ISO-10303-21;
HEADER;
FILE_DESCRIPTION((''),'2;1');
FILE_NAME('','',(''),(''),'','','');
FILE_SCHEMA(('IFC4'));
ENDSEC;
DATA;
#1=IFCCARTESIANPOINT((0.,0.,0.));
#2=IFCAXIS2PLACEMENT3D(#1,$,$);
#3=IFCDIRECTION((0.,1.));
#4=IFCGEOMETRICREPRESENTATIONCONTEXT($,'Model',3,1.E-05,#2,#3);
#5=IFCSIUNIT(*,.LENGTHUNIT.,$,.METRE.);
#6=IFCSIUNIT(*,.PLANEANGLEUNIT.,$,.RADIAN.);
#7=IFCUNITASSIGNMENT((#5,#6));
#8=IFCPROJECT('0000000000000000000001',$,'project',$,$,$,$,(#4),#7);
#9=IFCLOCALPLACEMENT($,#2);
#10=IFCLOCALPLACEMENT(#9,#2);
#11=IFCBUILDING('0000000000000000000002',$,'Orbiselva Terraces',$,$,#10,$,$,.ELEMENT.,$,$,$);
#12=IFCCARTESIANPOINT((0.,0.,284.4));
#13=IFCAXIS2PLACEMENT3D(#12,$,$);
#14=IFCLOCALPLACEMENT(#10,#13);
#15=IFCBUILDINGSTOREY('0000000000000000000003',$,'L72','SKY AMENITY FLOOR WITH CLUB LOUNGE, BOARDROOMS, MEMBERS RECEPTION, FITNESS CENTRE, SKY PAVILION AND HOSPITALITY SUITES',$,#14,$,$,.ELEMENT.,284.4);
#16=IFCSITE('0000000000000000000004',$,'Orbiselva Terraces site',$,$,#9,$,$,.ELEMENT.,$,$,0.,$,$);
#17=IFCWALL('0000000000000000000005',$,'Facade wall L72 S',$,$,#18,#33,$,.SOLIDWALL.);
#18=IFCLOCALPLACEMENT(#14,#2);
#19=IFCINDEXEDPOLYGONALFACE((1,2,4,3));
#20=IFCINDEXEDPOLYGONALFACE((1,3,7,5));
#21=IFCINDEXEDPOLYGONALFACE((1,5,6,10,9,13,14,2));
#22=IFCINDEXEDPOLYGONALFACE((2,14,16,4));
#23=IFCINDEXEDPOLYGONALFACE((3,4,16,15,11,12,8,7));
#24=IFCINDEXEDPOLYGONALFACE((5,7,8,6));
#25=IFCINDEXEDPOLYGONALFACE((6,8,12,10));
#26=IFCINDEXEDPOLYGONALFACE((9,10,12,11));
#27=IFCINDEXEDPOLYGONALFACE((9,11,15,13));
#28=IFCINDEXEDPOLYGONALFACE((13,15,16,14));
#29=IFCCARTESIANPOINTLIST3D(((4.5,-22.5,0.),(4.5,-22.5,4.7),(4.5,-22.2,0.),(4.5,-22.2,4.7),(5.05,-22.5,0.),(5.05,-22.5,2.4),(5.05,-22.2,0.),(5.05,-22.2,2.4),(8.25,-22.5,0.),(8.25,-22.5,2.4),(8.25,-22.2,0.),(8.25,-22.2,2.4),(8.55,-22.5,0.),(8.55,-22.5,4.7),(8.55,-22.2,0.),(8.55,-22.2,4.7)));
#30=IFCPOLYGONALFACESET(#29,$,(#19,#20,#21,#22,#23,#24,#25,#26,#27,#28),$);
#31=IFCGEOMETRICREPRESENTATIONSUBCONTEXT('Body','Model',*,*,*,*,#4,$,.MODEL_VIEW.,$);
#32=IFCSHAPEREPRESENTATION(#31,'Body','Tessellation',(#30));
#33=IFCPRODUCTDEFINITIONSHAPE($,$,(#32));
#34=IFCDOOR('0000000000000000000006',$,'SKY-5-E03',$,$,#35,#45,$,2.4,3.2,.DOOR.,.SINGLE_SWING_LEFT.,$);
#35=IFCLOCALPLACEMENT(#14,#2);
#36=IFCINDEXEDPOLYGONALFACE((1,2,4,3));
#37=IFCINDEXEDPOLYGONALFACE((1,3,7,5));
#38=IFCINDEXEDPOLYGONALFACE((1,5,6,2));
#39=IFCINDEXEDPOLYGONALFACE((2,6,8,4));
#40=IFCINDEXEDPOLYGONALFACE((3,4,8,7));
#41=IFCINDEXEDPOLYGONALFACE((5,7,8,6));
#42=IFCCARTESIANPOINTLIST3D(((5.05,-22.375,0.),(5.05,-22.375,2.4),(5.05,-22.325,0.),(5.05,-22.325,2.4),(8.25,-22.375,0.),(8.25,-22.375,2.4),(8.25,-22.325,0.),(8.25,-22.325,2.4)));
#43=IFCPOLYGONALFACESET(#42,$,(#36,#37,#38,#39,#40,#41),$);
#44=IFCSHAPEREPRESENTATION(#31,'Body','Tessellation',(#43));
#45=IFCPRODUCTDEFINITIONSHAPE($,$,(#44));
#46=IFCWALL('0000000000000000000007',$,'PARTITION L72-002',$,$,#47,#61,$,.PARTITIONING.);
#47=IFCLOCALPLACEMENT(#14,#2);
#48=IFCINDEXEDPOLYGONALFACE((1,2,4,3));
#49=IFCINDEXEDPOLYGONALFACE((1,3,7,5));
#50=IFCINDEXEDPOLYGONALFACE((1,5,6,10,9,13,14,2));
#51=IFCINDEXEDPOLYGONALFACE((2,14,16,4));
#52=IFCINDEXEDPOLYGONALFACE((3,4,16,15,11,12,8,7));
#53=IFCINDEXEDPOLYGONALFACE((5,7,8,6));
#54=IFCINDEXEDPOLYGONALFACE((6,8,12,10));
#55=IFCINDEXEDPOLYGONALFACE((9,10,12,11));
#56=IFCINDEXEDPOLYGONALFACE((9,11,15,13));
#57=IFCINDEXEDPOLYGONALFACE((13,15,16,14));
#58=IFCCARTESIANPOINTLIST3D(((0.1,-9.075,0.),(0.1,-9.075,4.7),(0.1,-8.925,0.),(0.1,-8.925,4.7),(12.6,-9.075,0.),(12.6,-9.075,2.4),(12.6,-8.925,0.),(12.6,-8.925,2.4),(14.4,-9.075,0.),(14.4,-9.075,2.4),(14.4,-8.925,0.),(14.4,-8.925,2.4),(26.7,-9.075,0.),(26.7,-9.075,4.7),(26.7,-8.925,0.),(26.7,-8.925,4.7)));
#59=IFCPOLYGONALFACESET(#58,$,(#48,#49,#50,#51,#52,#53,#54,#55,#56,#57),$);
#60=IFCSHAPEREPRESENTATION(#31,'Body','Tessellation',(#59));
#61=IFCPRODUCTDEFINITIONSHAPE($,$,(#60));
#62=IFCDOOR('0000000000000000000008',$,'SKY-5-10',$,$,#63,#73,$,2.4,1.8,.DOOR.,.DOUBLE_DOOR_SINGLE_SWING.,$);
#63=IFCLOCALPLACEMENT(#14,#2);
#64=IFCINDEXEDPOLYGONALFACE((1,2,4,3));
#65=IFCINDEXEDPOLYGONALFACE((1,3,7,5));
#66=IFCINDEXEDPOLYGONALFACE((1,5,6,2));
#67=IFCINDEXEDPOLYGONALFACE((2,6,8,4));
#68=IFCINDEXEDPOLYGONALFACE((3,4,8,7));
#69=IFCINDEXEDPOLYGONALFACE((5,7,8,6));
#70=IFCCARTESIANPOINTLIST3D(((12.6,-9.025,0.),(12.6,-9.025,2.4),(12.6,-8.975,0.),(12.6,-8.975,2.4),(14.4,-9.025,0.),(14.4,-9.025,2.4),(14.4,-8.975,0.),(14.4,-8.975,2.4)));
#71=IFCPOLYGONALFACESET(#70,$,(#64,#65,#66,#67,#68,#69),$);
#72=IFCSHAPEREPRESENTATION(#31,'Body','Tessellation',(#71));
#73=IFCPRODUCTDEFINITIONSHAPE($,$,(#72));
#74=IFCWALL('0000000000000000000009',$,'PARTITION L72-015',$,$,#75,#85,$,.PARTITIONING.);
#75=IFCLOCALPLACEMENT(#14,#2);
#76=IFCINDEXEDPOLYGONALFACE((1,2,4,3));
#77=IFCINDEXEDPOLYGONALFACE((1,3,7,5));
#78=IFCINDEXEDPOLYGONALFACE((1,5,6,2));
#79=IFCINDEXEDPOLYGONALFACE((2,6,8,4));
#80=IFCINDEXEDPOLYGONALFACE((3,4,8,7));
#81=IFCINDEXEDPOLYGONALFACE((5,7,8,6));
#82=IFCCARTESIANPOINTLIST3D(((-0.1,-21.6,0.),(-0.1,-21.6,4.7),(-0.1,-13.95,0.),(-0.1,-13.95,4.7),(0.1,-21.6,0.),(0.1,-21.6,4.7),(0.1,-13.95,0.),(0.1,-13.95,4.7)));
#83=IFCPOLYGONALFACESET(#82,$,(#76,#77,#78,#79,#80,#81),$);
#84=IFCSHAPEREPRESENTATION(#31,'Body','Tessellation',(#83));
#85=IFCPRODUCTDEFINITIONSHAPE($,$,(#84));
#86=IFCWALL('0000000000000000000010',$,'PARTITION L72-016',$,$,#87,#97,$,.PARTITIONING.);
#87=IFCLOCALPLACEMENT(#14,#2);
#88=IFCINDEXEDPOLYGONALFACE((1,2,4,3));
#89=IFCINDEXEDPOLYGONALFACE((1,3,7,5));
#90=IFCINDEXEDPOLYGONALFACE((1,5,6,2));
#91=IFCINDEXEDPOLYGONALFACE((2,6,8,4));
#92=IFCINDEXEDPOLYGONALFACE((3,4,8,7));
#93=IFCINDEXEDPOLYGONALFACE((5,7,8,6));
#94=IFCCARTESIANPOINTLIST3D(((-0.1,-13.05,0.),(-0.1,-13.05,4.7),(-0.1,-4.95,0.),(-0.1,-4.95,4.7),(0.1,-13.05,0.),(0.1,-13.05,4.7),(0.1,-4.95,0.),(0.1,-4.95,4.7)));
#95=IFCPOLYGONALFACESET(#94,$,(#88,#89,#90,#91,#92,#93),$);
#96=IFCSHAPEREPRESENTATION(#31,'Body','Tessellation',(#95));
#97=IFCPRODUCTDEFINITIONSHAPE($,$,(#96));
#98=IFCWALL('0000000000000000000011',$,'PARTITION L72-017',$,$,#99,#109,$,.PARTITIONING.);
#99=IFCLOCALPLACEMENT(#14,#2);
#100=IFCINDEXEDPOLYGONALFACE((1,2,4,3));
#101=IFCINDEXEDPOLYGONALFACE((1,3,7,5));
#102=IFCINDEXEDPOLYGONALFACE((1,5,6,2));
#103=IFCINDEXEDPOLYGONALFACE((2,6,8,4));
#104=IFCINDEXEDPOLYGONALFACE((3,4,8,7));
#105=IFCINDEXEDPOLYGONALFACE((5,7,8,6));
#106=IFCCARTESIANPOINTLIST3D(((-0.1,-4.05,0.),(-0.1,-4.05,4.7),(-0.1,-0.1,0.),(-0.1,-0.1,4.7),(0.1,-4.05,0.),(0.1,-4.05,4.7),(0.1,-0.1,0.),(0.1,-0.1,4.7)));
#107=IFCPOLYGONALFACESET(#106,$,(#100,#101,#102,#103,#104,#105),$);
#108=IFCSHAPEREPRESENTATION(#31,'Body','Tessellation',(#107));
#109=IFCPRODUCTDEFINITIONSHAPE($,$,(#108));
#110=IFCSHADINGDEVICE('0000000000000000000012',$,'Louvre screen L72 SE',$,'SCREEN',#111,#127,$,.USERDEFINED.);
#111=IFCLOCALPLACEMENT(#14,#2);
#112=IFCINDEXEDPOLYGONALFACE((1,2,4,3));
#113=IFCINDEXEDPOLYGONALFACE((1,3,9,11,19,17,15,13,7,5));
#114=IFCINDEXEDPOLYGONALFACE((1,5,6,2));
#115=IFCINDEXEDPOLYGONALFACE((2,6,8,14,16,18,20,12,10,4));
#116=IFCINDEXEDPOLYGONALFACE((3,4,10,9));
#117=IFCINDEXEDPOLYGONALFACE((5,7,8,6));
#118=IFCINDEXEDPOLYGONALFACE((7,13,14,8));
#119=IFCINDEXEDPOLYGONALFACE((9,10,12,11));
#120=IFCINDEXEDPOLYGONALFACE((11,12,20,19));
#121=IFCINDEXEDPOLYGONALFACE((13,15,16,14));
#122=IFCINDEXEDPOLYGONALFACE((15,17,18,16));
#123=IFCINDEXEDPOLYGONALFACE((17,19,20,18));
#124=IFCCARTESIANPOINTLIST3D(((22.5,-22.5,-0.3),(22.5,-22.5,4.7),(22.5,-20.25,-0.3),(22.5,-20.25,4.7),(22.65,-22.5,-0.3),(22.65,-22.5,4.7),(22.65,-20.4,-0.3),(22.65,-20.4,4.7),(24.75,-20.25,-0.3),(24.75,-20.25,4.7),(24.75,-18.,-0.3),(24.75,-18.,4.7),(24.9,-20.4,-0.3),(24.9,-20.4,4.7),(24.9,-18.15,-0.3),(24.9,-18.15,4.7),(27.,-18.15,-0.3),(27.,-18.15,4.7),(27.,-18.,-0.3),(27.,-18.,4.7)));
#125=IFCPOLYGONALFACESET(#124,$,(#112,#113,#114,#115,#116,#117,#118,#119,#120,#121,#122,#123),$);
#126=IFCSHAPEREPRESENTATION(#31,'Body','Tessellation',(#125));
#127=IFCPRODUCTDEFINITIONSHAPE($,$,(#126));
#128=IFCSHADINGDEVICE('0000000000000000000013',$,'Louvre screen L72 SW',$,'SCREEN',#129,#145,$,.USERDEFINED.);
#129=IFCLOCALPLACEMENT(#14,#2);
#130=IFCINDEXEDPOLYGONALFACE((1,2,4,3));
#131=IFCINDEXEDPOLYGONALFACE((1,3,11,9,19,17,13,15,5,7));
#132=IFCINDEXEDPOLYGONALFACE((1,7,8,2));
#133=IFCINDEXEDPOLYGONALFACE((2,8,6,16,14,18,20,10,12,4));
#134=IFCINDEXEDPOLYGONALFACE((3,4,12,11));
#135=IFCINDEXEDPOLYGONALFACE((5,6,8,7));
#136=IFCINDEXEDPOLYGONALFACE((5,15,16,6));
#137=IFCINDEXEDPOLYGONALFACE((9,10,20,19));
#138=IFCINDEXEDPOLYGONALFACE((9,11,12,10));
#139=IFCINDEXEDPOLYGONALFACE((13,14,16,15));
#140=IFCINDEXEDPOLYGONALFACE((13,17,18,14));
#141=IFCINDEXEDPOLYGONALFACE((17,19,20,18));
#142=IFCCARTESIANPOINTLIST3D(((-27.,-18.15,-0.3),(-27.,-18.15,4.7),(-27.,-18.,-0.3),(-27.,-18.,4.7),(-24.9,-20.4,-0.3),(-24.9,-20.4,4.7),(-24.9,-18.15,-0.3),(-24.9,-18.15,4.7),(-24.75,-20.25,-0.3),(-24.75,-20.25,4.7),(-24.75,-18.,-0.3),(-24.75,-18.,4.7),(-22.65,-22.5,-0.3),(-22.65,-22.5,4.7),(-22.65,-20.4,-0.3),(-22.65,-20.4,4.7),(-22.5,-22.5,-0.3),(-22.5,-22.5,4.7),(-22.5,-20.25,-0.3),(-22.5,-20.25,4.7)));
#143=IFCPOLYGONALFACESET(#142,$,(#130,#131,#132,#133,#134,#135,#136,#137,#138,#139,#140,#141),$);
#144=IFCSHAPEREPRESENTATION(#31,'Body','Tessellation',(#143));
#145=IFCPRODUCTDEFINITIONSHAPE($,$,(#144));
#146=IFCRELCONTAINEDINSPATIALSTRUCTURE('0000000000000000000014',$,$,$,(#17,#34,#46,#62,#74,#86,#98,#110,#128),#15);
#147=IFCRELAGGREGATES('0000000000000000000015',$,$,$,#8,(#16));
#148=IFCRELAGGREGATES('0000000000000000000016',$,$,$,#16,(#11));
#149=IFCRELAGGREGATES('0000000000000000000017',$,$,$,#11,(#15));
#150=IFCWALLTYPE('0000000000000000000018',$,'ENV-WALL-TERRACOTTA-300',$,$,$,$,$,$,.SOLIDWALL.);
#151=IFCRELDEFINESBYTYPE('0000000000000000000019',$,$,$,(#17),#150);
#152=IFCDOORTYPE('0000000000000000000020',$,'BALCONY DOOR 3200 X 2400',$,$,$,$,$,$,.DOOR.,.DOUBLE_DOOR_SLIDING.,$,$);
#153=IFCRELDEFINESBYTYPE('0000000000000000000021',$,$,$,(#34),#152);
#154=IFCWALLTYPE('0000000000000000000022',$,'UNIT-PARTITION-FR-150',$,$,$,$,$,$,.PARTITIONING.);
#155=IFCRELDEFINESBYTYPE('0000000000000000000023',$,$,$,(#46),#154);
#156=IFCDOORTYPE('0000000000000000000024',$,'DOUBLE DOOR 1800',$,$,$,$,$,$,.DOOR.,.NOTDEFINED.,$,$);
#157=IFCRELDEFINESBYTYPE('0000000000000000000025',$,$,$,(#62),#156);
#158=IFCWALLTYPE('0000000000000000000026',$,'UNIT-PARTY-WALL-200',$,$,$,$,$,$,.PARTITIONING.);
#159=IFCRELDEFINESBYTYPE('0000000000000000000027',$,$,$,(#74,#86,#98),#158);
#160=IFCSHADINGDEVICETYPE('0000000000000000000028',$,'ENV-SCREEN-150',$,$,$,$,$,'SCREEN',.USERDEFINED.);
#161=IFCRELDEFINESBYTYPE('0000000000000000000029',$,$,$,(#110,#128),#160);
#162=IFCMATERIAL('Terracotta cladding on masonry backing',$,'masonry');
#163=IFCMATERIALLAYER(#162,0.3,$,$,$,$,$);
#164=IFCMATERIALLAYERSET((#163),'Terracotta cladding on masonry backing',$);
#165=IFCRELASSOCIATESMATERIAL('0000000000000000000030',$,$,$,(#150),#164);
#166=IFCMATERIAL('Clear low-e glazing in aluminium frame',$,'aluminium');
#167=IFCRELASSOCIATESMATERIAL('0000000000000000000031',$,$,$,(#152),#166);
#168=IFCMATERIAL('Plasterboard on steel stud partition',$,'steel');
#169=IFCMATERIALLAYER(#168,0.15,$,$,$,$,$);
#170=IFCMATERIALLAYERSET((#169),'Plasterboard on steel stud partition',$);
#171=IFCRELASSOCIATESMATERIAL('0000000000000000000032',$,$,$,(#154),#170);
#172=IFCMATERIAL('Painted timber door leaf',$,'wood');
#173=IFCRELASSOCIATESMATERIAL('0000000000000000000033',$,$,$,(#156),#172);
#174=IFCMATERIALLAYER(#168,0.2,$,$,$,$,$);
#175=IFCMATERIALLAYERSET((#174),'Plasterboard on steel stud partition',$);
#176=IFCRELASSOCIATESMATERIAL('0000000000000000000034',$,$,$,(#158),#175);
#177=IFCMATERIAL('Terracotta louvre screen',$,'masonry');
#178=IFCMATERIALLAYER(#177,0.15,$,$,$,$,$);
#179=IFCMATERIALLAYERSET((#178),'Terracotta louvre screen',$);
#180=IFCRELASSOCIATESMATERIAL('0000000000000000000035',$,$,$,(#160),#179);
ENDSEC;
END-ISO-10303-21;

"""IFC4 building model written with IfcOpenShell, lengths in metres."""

from ifc_helpers import new_model, si_unit, direction, frame, frame_2d, origin, place, context, subcontext, project, spatial, polyline, rectangle, outline, extrude, material, layer, layer_set, type_object, element, fill, save


model = new_model("IFC4")

# Units and contexts
model_context = context("Model", 3, precision=1e-05, world=origin(), true_north=direction((0.0, 1.0)))
body_context = subcontext(model_context, "Body", "Model", "MODEL_VIEW")
ifc_project = project(units=[si_unit("LENGTHUNIT", "METRE"), si_unit("PLANEANGLEUNIT", "RADIAN")], contexts=[model_context])

# Site, building, storey
site_placement = place(None, origin())
site = spatial("IfcSite", under=ifc_project, at=site_placement, Name="Orbiselva Terraces site", CompositionType="ELEMENT", RefElevation=0.0)
building_placement = place(site_placement, origin())
building = spatial("IfcBuilding", under=site, at=building_placement, Name="Orbiselva Terraces", CompositionType="ELEMENT")
storey_placement = place(building_placement, frame((0.0, 0.0, 284.4)))
storey = spatial("IfcBuildingStorey", under=building, at=storey_placement, Name="L72", Description="SKY AMENITY FLOOR WITH CLUB LOUNGE, BOARDROOMS, MEMBERS RECEPTION, FITNESS CENTRE, SKY PAVILION AND HOSPITALITY SUITES", CompositionType="ELEMENT", Elevation=284.4)

# Shared definitions
ifc_material_1 = material(Name="Clear low-e glazing in aluminium frame", Category="aluminium")

# Walls, openings, doors
ifc_material_2 = material(Name="Terracotta cladding on masonry backing", Category="masonry")
ifc_layer_1 = layer(ifc_material_2, 0.3)
ifc_layer_set_1 = layer_set([ifc_layer_1], Name="Terracotta cladding on masonry backing")
wall_type_1 = type_object("IfcWallType", Name="ENV-WALL-TERRACOTTA-300", PredefinedType="SOLIDWALL", material=ifc_layer_set_1)
wall_1_placement = place(storey_placement, frame((8.55, -22.35, 0.0), z_axis=(0.0, 0.0, 1.0), x_axis=(-1.0, 0.0, 0.0)))
wall_1 = element("IfcWall", 1, at=wall_1_placement, inside=storey, type_object=wall_type_1, Name="Facade wall L72 S", PredefinedType="SOLIDWALL", context=body_context, shape_type="SweptSolid", body=[
    extrude(rectangle(XDim=4.05, YDim=0.3, at=frame_2d((2.025, 0.0))), origin(), (0.0, 0.0, 1.0), 4.7),
])
opening_1_placement = place(wall_1_placement, frame((0.3, 0.0, 0.0)))
opening_1 = element("IfcOpeningElement", 2, at=opening_1_placement, cuts=wall_1, PredefinedType="OPENING", context=body_context, shape_type="SweptSolid", body=[
    extrude(rectangle(XDim=3.2, YDim=2.4, at=frame_2d((1.6, 1.2))), frame((0.0, 0.16, 0.0), z_axis=(0.0, -1.0, 0.0), x_axis=(1.0, 0.0, 0.0)), (0.0, 0.0, 1.0), 0.32),
])
door_type_1 = type_object("IfcDoorType", Name="BALCONY DOOR 3200 X 2400", OperationType="DOUBLE_DOOR_SLIDING", PredefinedType="DOOR", material=ifc_material_1)
door_1_placement = place(opening_1_placement, origin())
door_1 = element("IfcDoor", 3, at=door_1_placement, inside=storey, type_object=door_type_1, Name="SKY-5-E03", OperationType="SINGLE_SWING_LEFT", OverallHeight=2.4, OverallWidth=3.2, PredefinedType="DOOR", context=body_context, shape_type="SweptSolid", body=[
    extrude(rectangle(XDim=3.2, YDim=2.4, at=frame_2d((1.6, 1.2))), frame((0.0, 0.025, 0.0), z_axis=(0.0, -1.0, 0.0), x_axis=(1.0, 0.0, 0.0)), (0.0, 0.0, 1.0), 0.05),
])
fill(opening_1, door_1)
ifc_material_3 = material(Name="Plasterboard on steel stud partition", Category="steel")
ifc_layer_2 = layer(ifc_material_3, 0.15)
ifc_layer_set_2 = layer_set([ifc_layer_2], Name="Plasterboard on steel stud partition")
wall_type_2 = type_object("IfcWallType", Name="UNIT-PARTITION-FR-150", PredefinedType="PARTITIONING", material=ifc_layer_set_2)
wall_2_placement = place(storey_placement, frame((0.1, -9.0, 0.0), z_axis=(0.0, 0.0, 1.0), x_axis=(1.0, 0.0, 0.0)))
wall_2 = element("IfcWall", 4, at=wall_2_placement, inside=storey, type_object=wall_type_2, Name="PARTITION L72-002", PredefinedType="PARTITIONING", context=body_context, shape_type="SweptSolid", body=[
    extrude(rectangle(XDim=26.6, YDim=0.15, at=frame_2d((13.3, 0.0))), origin(), (0.0, 0.0, 1.0), 4.7),
])
opening_2_placement = place(wall_2_placement, frame((12.5, 0.0, 0.0)))
opening_2 = element("IfcOpeningElement", 5, at=opening_2_placement, cuts=wall_2, PredefinedType="OPENING", context=body_context, shape_type="SweptSolid", body=[
    extrude(rectangle(XDim=1.8, YDim=2.4, at=frame_2d((0.9, 1.2))), frame((0.0, 0.085, 0.0), z_axis=(0.0, -1.0, 0.0), x_axis=(1.0, 0.0, 0.0)), (0.0, 0.0, 1.0), 0.17),
])
ifc_material_4 = material(Name="Painted timber door leaf", Category="wood")
door_type_2 = type_object("IfcDoorType", Name="DOUBLE DOOR 1800", OperationType="NOTDEFINED", PredefinedType="DOOR", material=ifc_material_4)
door_2_placement = place(opening_2_placement, origin())
door_2 = element("IfcDoor", 6, at=door_2_placement, inside=storey, type_object=door_type_2, Name="SKY-5-10", OperationType="DOUBLE_DOOR_SINGLE_SWING", OverallHeight=2.4, OverallWidth=1.8, PredefinedType="DOOR", context=body_context, shape_type="SweptSolid", body=[
    extrude(rectangle(XDim=1.8, YDim=2.4, at=frame_2d((0.9, 1.2))), frame((0.0, 0.025, 0.0), z_axis=(0.0, -1.0, 0.0), x_axis=(1.0, 0.0, 0.0)), (0.0, 0.0, 1.0), 0.05),
])
fill(opening_2, door_2)

# Walls
ifc_layer_3 = layer(ifc_material_3, 0.2)
ifc_layer_set_3 = layer_set([ifc_layer_3], Name="Plasterboard on steel stud partition")
wall_type_3 = type_object("IfcWallType", Name="UNIT-PARTY-WALL-200", PredefinedType="PARTITIONING", material=ifc_layer_set_3)
wall_3_placement = place(storey_placement, frame((0.0, -21.6, 0.0), z_axis=(0.0, 0.0, 1.0), x_axis=(0.0, 1.0, 0.0)))
element("IfcWall", 7, at=wall_3_placement, inside=storey, type_object=wall_type_3, Name="PARTITION L72-015", PredefinedType="PARTITIONING", context=body_context, shape_type="SweptSolid", body=[
    extrude(rectangle(XDim=7.65, YDim=0.2, at=frame_2d((3.825, 0.0))), origin(), (0.0, 0.0, 1.0), 4.7),
])
wall_4_placement = place(storey_placement, frame((0.0, -13.05, 0.0), z_axis=(0.0, 0.0, 1.0), x_axis=(0.0, 1.0, 0.0)))
element("IfcWall", 8, at=wall_4_placement, inside=storey, type_object=wall_type_3, Name="PARTITION L72-016", PredefinedType="PARTITIONING", context=body_context, shape_type="SweptSolid", body=[
    extrude(rectangle(XDim=8.1, YDim=0.2, at=frame_2d((4.05, 0.0))), origin(), (0.0, 0.0, 1.0), 4.7),
])
wall_5_placement = place(storey_placement, frame((0.0, -4.05, 0.0), z_axis=(0.0, 0.0, 1.0), x_axis=(0.0, 1.0, 0.0)))
element("IfcWall", 9, at=wall_5_placement, inside=storey, type_object=wall_type_3, Name="PARTITION L72-017", PredefinedType="PARTITIONING", context=body_context, shape_type="SweptSolid", body=[
    extrude(rectangle(XDim=3.95, YDim=0.2, at=frame_2d((1.975, 0.0))), origin(), (0.0, 0.0, 1.0), 4.7),
])

# Shading devices
ifc_material_5 = material(Name="Terracotta louvre screen", Category="masonry")
ifc_layer_4 = layer(ifc_material_5, 0.15)
ifc_layer_set_4 = layer_set([ifc_layer_4], Name="Terracotta louvre screen")
shading_device_type = type_object("IfcShadingDeviceType", Name="ENV-SCREEN-150", ElementType="SCREEN", PredefinedType="USERDEFINED", material=ifc_layer_set_4)
shading_device_1_placement = place(storey_placement, frame((0.0, 0.0, -0.3)))
element("IfcShadingDevice", 10, at=shading_device_1_placement, inside=storey, type_object=shading_device_type, Name="Louvre screen L72 SE", ObjectType="SCREEN", PredefinedType="USERDEFINED", context=body_context, shape_type="SweptSolid", body=[
    extrude(outline(polyline([(22.65, -22.5), (22.65, -20.4), (24.9, -20.4), (24.9, -18.15), (27.0, -18.15), (27.0, -18.0), (24.75, -18.0), (24.75, -20.25), (22.5, -20.25), (22.5, -22.5), (22.65, -22.5)])), origin(), (0.0, 0.0, 1.0), 5.0),
])
shading_device_2_placement = place(storey_placement, frame((0.0, 0.0, -0.3)))
element("IfcShadingDevice", 11, at=shading_device_2_placement, inside=storey, type_object=shading_device_type, Name="Louvre screen L72 SW", ObjectType="SCREEN", PredefinedType="USERDEFINED", context=body_context, shape_type="SweptSolid", body=[
    extrude(outline(polyline([(-27.0, -18.15), (-24.9, -18.15), (-24.9, -20.4), (-22.65, -20.4), (-22.65, -22.5), (-22.5, -22.5), (-22.5, -20.25), (-24.75, -20.25), (-24.75, -18.0), (-27.0, -18.0), (-27.0, -18.15)])), origin(), (0.0, 0.0, 1.0), 5.0),
])

save(model, "model.ifc")
